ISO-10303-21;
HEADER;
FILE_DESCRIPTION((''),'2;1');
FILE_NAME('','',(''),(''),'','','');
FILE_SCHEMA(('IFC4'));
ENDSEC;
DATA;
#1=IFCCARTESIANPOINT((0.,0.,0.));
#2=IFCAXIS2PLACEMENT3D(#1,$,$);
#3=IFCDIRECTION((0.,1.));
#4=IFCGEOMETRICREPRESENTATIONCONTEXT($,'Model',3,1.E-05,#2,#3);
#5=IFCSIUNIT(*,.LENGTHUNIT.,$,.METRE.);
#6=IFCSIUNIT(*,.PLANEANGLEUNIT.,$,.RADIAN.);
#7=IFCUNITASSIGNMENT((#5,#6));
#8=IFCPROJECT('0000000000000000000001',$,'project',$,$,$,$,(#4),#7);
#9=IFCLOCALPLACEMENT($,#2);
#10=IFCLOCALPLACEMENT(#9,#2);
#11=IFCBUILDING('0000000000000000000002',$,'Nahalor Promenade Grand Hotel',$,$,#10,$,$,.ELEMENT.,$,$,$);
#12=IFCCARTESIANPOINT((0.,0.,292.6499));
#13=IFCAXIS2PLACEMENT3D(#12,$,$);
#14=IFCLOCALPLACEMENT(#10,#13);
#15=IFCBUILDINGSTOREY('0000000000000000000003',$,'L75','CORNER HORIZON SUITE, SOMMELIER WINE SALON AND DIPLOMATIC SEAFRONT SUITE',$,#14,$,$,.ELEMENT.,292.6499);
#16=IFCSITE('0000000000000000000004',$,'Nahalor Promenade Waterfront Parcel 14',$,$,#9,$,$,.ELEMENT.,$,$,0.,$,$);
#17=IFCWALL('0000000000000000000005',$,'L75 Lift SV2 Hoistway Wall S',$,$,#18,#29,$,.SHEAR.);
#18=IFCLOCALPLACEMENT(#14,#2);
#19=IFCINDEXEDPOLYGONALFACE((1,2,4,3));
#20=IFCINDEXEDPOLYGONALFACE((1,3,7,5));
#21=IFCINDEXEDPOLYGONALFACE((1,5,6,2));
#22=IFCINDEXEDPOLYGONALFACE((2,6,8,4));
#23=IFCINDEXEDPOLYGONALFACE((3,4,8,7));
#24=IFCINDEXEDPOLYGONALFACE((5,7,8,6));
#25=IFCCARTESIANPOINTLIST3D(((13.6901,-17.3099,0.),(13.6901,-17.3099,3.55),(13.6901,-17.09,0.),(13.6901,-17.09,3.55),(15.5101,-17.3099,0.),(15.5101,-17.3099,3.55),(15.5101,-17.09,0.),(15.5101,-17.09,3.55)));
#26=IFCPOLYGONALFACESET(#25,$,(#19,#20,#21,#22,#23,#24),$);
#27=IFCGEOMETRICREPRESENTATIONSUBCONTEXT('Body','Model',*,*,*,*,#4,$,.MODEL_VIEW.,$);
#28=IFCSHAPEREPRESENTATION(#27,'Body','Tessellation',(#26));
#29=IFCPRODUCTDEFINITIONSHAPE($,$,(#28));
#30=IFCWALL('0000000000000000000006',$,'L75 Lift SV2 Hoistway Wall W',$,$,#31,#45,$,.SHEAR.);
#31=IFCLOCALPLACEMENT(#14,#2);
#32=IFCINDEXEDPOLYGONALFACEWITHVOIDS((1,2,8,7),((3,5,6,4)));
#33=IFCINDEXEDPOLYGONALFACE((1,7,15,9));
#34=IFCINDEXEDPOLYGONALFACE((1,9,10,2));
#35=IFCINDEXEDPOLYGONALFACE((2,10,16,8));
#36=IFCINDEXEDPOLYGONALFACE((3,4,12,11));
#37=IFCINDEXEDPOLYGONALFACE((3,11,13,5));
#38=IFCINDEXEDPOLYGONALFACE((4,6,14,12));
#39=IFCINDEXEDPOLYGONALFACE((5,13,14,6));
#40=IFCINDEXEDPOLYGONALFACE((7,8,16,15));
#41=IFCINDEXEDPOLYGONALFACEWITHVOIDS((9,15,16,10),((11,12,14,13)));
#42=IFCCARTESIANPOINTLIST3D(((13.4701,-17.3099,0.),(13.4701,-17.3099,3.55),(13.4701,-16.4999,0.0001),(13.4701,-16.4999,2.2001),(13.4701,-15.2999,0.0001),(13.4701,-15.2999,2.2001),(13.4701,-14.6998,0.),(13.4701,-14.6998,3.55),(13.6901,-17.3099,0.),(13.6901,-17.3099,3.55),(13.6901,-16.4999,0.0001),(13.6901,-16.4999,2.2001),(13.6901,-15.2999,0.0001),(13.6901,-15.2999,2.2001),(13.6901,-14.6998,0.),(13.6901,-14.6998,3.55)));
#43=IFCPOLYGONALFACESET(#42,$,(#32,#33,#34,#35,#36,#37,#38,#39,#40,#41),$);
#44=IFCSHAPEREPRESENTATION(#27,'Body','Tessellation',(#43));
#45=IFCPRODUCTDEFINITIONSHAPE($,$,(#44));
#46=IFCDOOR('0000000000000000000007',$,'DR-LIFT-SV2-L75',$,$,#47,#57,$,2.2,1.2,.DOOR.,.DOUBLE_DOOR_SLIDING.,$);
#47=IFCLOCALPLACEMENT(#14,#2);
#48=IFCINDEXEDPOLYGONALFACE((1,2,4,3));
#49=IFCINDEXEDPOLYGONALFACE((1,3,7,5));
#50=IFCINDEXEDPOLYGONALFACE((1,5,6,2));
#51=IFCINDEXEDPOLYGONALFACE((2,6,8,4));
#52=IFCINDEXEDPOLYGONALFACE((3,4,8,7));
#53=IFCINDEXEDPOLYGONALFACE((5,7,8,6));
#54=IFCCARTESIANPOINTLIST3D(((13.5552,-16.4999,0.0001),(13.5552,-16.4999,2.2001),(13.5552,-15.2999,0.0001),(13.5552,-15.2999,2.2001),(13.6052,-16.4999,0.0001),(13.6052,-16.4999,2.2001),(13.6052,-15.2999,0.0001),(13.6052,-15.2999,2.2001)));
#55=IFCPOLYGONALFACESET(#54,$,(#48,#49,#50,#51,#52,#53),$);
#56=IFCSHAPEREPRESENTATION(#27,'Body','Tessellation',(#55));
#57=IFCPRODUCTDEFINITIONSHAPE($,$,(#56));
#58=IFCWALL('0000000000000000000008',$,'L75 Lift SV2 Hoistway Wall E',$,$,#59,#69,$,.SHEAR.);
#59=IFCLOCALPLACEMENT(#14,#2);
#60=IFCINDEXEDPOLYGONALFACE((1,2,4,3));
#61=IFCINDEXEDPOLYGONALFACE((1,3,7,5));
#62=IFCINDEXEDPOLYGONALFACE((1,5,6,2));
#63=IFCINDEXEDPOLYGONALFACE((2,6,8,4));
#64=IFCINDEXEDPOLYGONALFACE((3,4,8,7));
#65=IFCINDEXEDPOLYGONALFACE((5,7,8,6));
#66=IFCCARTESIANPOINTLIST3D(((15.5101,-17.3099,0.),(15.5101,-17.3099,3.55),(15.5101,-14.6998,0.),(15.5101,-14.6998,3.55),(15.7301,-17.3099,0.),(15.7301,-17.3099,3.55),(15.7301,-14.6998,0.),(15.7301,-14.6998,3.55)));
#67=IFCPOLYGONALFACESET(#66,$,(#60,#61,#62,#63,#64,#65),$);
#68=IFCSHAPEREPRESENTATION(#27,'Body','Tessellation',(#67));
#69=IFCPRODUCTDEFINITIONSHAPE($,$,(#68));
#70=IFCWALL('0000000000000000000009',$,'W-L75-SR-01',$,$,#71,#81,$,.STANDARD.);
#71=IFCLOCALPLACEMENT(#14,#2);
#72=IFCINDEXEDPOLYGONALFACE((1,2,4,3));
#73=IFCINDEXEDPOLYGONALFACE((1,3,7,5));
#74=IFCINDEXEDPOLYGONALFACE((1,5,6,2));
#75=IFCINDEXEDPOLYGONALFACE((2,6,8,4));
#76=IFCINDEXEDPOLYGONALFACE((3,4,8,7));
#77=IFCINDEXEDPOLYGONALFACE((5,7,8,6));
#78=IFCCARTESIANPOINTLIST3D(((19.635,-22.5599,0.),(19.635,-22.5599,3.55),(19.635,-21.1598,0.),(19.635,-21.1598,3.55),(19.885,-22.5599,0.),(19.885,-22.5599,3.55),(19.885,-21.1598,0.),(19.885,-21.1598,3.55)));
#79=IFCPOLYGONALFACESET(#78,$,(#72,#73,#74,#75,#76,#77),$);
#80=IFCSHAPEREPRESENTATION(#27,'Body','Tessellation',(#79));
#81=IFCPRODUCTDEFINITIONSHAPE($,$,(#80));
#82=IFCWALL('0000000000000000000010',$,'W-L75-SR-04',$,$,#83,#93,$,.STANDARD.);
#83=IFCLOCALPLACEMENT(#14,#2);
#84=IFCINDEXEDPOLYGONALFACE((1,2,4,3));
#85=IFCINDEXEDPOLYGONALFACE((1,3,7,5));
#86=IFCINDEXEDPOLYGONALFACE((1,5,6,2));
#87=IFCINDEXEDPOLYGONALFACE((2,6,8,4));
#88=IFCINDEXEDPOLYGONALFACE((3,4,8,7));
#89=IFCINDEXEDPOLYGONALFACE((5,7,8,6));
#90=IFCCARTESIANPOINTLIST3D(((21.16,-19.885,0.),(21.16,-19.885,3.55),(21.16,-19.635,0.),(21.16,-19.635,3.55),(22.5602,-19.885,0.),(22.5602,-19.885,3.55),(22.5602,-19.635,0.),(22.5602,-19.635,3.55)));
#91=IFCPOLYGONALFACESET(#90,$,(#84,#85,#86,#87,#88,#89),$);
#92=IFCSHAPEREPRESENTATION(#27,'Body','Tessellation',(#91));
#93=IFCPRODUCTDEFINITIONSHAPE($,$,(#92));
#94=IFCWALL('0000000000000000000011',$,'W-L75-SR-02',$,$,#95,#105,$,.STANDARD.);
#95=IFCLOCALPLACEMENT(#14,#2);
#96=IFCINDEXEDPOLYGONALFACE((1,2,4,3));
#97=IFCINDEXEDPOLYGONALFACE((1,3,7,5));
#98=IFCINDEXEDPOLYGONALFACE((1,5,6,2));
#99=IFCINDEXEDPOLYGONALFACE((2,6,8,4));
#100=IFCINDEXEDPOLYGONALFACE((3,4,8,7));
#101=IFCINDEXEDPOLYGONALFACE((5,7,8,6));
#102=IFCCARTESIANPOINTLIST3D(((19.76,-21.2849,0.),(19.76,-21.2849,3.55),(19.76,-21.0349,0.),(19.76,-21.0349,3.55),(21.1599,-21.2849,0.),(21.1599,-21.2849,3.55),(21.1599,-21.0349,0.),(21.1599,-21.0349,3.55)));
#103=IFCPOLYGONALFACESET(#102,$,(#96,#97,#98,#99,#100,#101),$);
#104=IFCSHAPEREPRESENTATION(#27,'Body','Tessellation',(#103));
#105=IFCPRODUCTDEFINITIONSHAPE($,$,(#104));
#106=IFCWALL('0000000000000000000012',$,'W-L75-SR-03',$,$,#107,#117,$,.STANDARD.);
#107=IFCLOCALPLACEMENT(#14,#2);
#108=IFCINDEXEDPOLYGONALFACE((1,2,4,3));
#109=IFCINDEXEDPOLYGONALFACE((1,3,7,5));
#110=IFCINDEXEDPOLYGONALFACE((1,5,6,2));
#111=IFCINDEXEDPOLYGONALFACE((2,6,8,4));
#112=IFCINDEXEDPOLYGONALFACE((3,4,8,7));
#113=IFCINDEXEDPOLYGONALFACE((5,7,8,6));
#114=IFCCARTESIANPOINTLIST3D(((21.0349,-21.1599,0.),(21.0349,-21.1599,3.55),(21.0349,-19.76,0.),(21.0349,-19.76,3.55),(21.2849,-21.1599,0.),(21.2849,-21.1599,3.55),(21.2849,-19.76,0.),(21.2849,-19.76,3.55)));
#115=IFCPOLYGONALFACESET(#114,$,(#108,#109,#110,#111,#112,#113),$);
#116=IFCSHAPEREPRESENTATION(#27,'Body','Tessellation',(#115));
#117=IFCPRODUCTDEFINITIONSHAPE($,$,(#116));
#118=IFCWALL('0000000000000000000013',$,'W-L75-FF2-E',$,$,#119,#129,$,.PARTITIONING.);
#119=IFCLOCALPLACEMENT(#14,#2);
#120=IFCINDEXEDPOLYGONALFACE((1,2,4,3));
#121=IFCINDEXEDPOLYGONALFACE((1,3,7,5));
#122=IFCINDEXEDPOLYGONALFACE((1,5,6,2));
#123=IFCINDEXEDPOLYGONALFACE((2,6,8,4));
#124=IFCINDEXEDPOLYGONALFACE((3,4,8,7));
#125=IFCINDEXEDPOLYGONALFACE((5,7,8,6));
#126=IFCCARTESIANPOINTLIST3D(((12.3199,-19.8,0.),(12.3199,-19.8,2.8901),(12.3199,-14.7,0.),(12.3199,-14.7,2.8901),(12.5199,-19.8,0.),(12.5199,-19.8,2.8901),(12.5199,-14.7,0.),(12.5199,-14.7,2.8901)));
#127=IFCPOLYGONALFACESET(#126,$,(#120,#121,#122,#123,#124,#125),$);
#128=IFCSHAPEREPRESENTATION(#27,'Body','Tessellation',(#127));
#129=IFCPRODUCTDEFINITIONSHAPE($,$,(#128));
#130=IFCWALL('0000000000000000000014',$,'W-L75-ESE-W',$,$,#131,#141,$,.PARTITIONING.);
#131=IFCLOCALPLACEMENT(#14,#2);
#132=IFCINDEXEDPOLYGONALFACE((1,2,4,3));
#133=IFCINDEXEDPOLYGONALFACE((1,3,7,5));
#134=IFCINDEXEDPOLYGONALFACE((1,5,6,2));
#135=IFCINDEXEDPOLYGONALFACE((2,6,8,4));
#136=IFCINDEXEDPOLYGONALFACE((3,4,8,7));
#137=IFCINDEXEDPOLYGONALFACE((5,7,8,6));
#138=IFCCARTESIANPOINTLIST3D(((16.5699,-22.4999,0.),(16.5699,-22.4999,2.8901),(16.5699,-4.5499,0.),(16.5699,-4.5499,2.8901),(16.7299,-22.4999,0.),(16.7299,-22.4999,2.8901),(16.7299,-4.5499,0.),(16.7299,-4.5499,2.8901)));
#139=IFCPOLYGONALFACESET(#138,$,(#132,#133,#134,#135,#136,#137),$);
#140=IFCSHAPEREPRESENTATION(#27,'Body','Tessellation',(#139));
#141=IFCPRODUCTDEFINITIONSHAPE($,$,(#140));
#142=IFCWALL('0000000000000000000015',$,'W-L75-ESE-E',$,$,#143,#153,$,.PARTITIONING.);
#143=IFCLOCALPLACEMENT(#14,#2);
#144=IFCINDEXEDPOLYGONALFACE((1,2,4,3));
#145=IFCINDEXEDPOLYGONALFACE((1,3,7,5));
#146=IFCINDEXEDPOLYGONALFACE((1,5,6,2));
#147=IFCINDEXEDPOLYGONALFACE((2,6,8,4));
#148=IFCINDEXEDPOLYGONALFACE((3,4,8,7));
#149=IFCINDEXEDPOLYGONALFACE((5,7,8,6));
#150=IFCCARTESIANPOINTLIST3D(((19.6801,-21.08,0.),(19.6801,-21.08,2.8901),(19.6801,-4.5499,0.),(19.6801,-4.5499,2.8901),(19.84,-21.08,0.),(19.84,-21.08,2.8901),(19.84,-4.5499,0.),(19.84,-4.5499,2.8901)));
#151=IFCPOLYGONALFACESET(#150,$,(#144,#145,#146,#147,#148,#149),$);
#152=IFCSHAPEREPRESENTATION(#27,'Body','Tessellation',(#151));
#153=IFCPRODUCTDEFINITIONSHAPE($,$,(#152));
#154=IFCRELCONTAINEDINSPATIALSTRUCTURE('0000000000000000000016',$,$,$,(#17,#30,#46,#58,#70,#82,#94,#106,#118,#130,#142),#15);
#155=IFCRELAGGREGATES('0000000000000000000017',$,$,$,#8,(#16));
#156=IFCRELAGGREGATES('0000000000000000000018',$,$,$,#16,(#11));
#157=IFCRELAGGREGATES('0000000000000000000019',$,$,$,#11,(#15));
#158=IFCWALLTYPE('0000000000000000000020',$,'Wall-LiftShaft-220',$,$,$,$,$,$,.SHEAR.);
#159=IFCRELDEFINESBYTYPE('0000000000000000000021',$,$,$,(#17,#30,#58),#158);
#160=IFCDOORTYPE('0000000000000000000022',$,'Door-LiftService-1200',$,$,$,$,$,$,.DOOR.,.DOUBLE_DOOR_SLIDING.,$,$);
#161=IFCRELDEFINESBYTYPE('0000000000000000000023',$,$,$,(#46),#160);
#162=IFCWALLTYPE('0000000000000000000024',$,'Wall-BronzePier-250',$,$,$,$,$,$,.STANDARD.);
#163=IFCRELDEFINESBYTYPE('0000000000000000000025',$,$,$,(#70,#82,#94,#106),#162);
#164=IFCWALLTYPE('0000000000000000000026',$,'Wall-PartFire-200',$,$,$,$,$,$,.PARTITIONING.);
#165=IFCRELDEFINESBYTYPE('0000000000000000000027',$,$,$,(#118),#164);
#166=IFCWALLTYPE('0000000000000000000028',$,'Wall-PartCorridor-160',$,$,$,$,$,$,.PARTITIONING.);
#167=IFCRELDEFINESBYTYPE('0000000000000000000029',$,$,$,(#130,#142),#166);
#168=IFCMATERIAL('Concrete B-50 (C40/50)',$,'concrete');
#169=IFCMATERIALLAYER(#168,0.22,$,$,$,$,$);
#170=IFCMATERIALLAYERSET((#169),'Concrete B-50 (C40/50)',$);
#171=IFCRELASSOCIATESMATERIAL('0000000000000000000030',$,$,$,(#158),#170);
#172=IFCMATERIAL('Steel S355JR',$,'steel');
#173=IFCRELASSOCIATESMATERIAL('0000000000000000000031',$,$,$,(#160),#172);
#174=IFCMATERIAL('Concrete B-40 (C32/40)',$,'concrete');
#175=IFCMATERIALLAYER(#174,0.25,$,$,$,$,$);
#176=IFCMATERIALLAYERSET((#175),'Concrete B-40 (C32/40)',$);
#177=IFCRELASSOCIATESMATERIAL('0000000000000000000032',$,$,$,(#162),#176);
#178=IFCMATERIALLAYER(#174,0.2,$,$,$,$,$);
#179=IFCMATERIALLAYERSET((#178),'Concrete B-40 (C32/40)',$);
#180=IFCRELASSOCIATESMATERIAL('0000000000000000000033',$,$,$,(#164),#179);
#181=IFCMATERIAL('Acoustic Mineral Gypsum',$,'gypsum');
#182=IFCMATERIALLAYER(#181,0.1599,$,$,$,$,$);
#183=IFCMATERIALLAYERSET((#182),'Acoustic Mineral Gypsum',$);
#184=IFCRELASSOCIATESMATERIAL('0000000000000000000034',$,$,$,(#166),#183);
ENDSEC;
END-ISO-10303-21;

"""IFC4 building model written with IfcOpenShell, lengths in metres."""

from ifc_helpers import new_model, si_unit, direction, frame, frame_2d, origin, place, context, subcontext, project, spatial, rectangle, extrude, source, transform, mapped, material, layer, layer_set, type_object, element, fill, save


model = new_model("IFC4")

# Units and contexts
model_context = context("Model", 3, precision=1e-05, world=origin(), true_north=direction((0.0, 1.0)))
body_context = subcontext(model_context, "Body", "Model", "MODEL_VIEW")
ifc_project = project(units=[si_unit("LENGTHUNIT", "METRE"), si_unit("PLANEANGLEUNIT", "RADIAN")], contexts=[model_context])

# Site, building, storey
site_placement = place(None, origin())
site = spatial("IfcSite", under=ifc_project, at=site_placement, Name="Nahalor Promenade Waterfront Parcel 14", CompositionType="ELEMENT", RefElevation=0.0)
building_placement = place(site_placement, origin())
building = spatial("IfcBuilding", under=site, at=building_placement, Name="Nahalor Promenade Grand Hotel", CompositionType="ELEMENT")
storey_placement = place(building_placement, frame((0.0, 0.0, 292.6499)))
storey = spatial("IfcBuildingStorey", under=building, at=storey_placement, Name="L75", Description="CORNER HORIZON SUITE, SOMMELIER WINE SALON AND DIPLOMATIC SEAFRONT SUITE", CompositionType="ELEMENT", Elevation=292.6499)

# Shared definitions
ifc_material_1 = material(Name="Concrete B-50 (C40/50)", Category="concrete")
ifc_material_2 = material(Name="Steel S355JR", Category="steel")

# Wall
ifc_layer_1 = layer(ifc_material_1, 0.22)
ifc_layer_set_1 = layer_set([ifc_layer_1], Name="Concrete B-50 (C40/50)")
wall_type_1 = type_object("IfcWallType", Name="Wall-LiftShaft-220", PredefinedType="SHEAR", material=ifc_layer_set_1)
shared_shape_1 = source(origin(), body_context, "Body", "SweptSolid", [
    extrude(rectangle(XDim=1.8201, YDim=0.22, at=frame_2d((0.9102, 0.0))), origin(), (0.0, 0.0, 1.0), 3.55),
])
wall_1_placement = place(storey_placement, frame((13.6899, -17.2, 0.0), z_axis=(0.0, 0.0, 1.0), x_axis=(1.0, 0.0, 0.0)))
element("IfcWall", 1, at=wall_1_placement, inside=storey, type_object=wall_type_1, Name="L75 Lift SV2 Hoistway Wall S", PredefinedType="SHEAR", context=body_context, shape_type="MappedRepresentation", body=[
    mapped(shared_shape_1, transform((0.0, 0.0, 0.0), scale=1.0)),
])

# Wall, opening, door
shared_shape_2 = source(origin(), body_context, "Body", "SweptSolid", [
    extrude(rectangle(XDim=2.6101, YDim=0.22, at=frame_2d((1.3052, 0.0))), origin(), (0.0, 0.0, 1.0), 3.55),
])
wall_2_placement = place(storey_placement, frame((13.5801, -17.3101, 0.0), z_axis=(0.0, 0.0, 1.0), x_axis=(0.0, 1.0, 0.0)))
wall_2 = element("IfcWall", 2, at=wall_2_placement, inside=storey, type_object=wall_type_1, Name="L75 Lift SV2 Hoistway Wall W", PredefinedType="SHEAR", context=body_context, shape_type="MappedRepresentation", body=[
    mapped(shared_shape_2, transform((0.0, 0.0, 0.0), scale=1.0)),
])
opening_placement = place(wall_2_placement, frame((0.8101, 0.0, 0.0)))
opening = element("IfcOpeningElement", 3, at=opening_placement, cuts=wall_2, PredefinedType="OPENING", context=body_context, shape_type="SweptSolid", body=[
    extrude(rectangle(XDim=1.2, YDim=2.2, at=frame_2d((0.6001, 1.1001))), frame((0.0, 0.1199, 0.0), z_axis=(0.0, -1.0, 0.0), x_axis=(1.0, 0.0, 0.0)), (0.0, 0.0, 1.0), 0.24),
])
door_type = type_object("IfcDoorType", Name="Door-LiftService-1200", OperationType="DOUBLE_DOOR_SLIDING", PredefinedType="DOOR", material=ifc_material_2)
shared_shape_3 = source(origin(), body_context, "Body", "SweptSolid", [
    extrude(rectangle(XDim=1.2, YDim=2.2, at=frame_2d((0.6001, 1.1001))), frame((0.0, 0.0249, 0.0), z_axis=(0.0, -1.0, 0.0), x_axis=(1.0, 0.0, 0.0)), (0.0, 0.0, 1.0), 0.05),
])
door_placement = place(opening_placement, origin())
door = element("IfcDoor", 4, at=door_placement, inside=storey, type_object=door_type, Name="DR-LIFT-SV2-L75", OperationType="DOUBLE_DOOR_SLIDING", OverallHeight=2.2, OverallWidth=1.2, PredefinedType="DOOR", context=body_context, shape_type="MappedRepresentation", body=[
    mapped(shared_shape_3, transform((0.0, 0.0, 0.0), scale=1.0)),
])
fill(opening, door)

# Walls
wall_3_placement = place(storey_placement, frame((15.6201, -17.3101, 0.0), z_axis=(0.0, 0.0, 1.0), x_axis=(0.0, 1.0, 0.0)))
element("IfcWall", 5, at=wall_3_placement, inside=storey, type_object=wall_type_1, Name="L75 Lift SV2 Hoistway Wall E", PredefinedType="SHEAR", context=body_context, shape_type="MappedRepresentation", body=[
    mapped(shared_shape_2, transform((0.0, 0.0, 0.0), scale=1.0)),
])
ifc_material_3 = material(Name="Concrete B-40 (C32/40)", Category="concrete")
ifc_layer_2 = layer(ifc_material_3, 0.25)
ifc_layer_set_2 = layer_set([ifc_layer_2], Name="Concrete B-40 (C32/40)")
wall_type_2 = type_object("IfcWallType", Name="Wall-BronzePier-250", PredefinedType="STANDARD", material=ifc_layer_set_2)
shared_shape_4 = source(origin(), body_context, "Body", "SweptSolid", [
    extrude(rectangle(XDim=1.4001, YDim=0.25, at=frame_2d((0.7002, 0.0))), origin(), (0.0, 0.0, 1.0), 3.55),
])
for number, where, z_axis, x_axis, name in (
    (6, (19.76, -22.5601, 0.0), (0.0, 0.0, 1.0), (0.0, 1.0, 0.0), "W-L75-SR-01"),
    (7, (21.1599, -19.76, 0.0), (0.0, 0.0, 1.0), (1.0, 0.0, 0.0), "W-L75-SR-04"),
):
    element("IfcWall", number, at=place(storey_placement, frame(where, z_axis=z_axis, x_axis=x_axis)), inside=storey, type_object=wall_type_2, Name=name, PredefinedType="STANDARD", context=body_context, shape_type="MappedRepresentation", body=[
        mapped(shared_shape_4, transform((0.0, 0.0, 0.0), scale=1.0)),
    ])
shared_shape_5 = source(origin(), body_context, "Body", "SweptSolid", [
    extrude(rectangle(XDim=1.3999, YDim=0.25, at=frame_2d((0.7, 0.0))), origin(), (0.0, 0.0, 1.0), 3.55),
])
for number, where, z_axis, x_axis, name in (
    (8, (19.76, -21.1599, 0.0), (0.0, 0.0, 1.0), (1.0, 0.0, 0.0), "W-L75-SR-02"),
    (9, (21.1599, -21.1599, 0.0), (0.0, 0.0, 1.0), (0.0, 1.0, 0.0), "W-L75-SR-03"),
):
    element("IfcWall", number, at=place(storey_placement, frame(where, z_axis=z_axis, x_axis=x_axis)), inside=storey, type_object=wall_type_2, Name=name, PredefinedType="STANDARD", context=body_context, shape_type="MappedRepresentation", body=[
        mapped(shared_shape_5, transform((0.0, 0.0, 0.0), scale=1.0)),
    ])
ifc_layer_3 = layer(ifc_material_3, 0.2)
ifc_layer_set_3 = layer_set([ifc_layer_3], Name="Concrete B-40 (C32/40)")
wall_type_3 = type_object("IfcWallType", Name="Wall-PartFire-200", PredefinedType="PARTITIONING", material=ifc_layer_set_3)
shared_shape_6 = source(origin(), body_context, "Body", "SweptSolid", [
    extrude(rectangle(XDim=5.1001, YDim=0.2, at=frame_2d((2.55, 0.0))), origin(), (0.0, 0.0, 1.0), 2.8901),
])
wall_4_placement = place(storey_placement, frame((12.4199, -19.8, 0.0), z_axis=(0.0, 0.0, 1.0), x_axis=(0.0, 1.0, 0.0)))
element("IfcWall", 10, at=wall_4_placement, inside=storey, type_object=wall_type_3, Name="W-L75-FF2-E", PredefinedType="PARTITIONING", context=body_context, shape_type="MappedRepresentation", body=[
    mapped(shared_shape_6, transform((0.0, 0.0, 0.0), scale=1.0)),
])
ifc_material_4 = material(Name="Acoustic Mineral Gypsum", Category="gypsum")
ifc_layer_4 = layer(ifc_material_4, 0.1599)
ifc_layer_set_4 = layer_set([ifc_layer_4], Name="Acoustic Mineral Gypsum")
wall_type_4 = type_object("IfcWallType", Name="Wall-PartCorridor-160", PredefinedType="PARTITIONING", material=ifc_layer_set_4)
shared_shape_7 = source(origin(), body_context, "Body", "SweptSolid", [
    extrude(rectangle(XDim=17.95, YDim=0.1599, at=frame_2d((8.9751, 0.0))), origin(), (0.0, 0.0, 1.0), 2.8901),
])
wall_5_placement = place(storey_placement, frame((16.6499, -22.5, 0.0), z_axis=(0.0, 0.0, 1.0), x_axis=(0.0, 1.0, 0.0)))
element("IfcWall", 11, at=wall_5_placement, inside=storey, type_object=wall_type_4, Name="W-L75-ESE-W", PredefinedType="PARTITIONING", context=body_context, shape_type="MappedRepresentation", body=[
    mapped(shared_shape_7, transform((0.0, 0.0, 0.0), scale=1.0)),
])
shared_shape_8 = source(origin(), body_context, "Body", "SweptSolid", [
    extrude(rectangle(XDim=16.53, YDim=0.1599, at=frame_2d((8.2651, 0.0))), origin(), (0.0, 0.0, 1.0), 2.8901),
])
wall_6_placement = place(storey_placement, frame((19.76, -21.0801, 0.0), z_axis=(0.0, 0.0, 1.0), x_axis=(0.0, 1.0, 0.0)))
element("IfcWall", 12, at=wall_6_placement, inside=storey, type_object=wall_type_4, Name="W-L75-ESE-E", PredefinedType="PARTITIONING", context=body_context, shape_type="MappedRepresentation", body=[
    mapped(shared_shape_8, transform((0.0, 0.0, 0.0), scale=1.0)),
])

save(model, "model.ifc")
